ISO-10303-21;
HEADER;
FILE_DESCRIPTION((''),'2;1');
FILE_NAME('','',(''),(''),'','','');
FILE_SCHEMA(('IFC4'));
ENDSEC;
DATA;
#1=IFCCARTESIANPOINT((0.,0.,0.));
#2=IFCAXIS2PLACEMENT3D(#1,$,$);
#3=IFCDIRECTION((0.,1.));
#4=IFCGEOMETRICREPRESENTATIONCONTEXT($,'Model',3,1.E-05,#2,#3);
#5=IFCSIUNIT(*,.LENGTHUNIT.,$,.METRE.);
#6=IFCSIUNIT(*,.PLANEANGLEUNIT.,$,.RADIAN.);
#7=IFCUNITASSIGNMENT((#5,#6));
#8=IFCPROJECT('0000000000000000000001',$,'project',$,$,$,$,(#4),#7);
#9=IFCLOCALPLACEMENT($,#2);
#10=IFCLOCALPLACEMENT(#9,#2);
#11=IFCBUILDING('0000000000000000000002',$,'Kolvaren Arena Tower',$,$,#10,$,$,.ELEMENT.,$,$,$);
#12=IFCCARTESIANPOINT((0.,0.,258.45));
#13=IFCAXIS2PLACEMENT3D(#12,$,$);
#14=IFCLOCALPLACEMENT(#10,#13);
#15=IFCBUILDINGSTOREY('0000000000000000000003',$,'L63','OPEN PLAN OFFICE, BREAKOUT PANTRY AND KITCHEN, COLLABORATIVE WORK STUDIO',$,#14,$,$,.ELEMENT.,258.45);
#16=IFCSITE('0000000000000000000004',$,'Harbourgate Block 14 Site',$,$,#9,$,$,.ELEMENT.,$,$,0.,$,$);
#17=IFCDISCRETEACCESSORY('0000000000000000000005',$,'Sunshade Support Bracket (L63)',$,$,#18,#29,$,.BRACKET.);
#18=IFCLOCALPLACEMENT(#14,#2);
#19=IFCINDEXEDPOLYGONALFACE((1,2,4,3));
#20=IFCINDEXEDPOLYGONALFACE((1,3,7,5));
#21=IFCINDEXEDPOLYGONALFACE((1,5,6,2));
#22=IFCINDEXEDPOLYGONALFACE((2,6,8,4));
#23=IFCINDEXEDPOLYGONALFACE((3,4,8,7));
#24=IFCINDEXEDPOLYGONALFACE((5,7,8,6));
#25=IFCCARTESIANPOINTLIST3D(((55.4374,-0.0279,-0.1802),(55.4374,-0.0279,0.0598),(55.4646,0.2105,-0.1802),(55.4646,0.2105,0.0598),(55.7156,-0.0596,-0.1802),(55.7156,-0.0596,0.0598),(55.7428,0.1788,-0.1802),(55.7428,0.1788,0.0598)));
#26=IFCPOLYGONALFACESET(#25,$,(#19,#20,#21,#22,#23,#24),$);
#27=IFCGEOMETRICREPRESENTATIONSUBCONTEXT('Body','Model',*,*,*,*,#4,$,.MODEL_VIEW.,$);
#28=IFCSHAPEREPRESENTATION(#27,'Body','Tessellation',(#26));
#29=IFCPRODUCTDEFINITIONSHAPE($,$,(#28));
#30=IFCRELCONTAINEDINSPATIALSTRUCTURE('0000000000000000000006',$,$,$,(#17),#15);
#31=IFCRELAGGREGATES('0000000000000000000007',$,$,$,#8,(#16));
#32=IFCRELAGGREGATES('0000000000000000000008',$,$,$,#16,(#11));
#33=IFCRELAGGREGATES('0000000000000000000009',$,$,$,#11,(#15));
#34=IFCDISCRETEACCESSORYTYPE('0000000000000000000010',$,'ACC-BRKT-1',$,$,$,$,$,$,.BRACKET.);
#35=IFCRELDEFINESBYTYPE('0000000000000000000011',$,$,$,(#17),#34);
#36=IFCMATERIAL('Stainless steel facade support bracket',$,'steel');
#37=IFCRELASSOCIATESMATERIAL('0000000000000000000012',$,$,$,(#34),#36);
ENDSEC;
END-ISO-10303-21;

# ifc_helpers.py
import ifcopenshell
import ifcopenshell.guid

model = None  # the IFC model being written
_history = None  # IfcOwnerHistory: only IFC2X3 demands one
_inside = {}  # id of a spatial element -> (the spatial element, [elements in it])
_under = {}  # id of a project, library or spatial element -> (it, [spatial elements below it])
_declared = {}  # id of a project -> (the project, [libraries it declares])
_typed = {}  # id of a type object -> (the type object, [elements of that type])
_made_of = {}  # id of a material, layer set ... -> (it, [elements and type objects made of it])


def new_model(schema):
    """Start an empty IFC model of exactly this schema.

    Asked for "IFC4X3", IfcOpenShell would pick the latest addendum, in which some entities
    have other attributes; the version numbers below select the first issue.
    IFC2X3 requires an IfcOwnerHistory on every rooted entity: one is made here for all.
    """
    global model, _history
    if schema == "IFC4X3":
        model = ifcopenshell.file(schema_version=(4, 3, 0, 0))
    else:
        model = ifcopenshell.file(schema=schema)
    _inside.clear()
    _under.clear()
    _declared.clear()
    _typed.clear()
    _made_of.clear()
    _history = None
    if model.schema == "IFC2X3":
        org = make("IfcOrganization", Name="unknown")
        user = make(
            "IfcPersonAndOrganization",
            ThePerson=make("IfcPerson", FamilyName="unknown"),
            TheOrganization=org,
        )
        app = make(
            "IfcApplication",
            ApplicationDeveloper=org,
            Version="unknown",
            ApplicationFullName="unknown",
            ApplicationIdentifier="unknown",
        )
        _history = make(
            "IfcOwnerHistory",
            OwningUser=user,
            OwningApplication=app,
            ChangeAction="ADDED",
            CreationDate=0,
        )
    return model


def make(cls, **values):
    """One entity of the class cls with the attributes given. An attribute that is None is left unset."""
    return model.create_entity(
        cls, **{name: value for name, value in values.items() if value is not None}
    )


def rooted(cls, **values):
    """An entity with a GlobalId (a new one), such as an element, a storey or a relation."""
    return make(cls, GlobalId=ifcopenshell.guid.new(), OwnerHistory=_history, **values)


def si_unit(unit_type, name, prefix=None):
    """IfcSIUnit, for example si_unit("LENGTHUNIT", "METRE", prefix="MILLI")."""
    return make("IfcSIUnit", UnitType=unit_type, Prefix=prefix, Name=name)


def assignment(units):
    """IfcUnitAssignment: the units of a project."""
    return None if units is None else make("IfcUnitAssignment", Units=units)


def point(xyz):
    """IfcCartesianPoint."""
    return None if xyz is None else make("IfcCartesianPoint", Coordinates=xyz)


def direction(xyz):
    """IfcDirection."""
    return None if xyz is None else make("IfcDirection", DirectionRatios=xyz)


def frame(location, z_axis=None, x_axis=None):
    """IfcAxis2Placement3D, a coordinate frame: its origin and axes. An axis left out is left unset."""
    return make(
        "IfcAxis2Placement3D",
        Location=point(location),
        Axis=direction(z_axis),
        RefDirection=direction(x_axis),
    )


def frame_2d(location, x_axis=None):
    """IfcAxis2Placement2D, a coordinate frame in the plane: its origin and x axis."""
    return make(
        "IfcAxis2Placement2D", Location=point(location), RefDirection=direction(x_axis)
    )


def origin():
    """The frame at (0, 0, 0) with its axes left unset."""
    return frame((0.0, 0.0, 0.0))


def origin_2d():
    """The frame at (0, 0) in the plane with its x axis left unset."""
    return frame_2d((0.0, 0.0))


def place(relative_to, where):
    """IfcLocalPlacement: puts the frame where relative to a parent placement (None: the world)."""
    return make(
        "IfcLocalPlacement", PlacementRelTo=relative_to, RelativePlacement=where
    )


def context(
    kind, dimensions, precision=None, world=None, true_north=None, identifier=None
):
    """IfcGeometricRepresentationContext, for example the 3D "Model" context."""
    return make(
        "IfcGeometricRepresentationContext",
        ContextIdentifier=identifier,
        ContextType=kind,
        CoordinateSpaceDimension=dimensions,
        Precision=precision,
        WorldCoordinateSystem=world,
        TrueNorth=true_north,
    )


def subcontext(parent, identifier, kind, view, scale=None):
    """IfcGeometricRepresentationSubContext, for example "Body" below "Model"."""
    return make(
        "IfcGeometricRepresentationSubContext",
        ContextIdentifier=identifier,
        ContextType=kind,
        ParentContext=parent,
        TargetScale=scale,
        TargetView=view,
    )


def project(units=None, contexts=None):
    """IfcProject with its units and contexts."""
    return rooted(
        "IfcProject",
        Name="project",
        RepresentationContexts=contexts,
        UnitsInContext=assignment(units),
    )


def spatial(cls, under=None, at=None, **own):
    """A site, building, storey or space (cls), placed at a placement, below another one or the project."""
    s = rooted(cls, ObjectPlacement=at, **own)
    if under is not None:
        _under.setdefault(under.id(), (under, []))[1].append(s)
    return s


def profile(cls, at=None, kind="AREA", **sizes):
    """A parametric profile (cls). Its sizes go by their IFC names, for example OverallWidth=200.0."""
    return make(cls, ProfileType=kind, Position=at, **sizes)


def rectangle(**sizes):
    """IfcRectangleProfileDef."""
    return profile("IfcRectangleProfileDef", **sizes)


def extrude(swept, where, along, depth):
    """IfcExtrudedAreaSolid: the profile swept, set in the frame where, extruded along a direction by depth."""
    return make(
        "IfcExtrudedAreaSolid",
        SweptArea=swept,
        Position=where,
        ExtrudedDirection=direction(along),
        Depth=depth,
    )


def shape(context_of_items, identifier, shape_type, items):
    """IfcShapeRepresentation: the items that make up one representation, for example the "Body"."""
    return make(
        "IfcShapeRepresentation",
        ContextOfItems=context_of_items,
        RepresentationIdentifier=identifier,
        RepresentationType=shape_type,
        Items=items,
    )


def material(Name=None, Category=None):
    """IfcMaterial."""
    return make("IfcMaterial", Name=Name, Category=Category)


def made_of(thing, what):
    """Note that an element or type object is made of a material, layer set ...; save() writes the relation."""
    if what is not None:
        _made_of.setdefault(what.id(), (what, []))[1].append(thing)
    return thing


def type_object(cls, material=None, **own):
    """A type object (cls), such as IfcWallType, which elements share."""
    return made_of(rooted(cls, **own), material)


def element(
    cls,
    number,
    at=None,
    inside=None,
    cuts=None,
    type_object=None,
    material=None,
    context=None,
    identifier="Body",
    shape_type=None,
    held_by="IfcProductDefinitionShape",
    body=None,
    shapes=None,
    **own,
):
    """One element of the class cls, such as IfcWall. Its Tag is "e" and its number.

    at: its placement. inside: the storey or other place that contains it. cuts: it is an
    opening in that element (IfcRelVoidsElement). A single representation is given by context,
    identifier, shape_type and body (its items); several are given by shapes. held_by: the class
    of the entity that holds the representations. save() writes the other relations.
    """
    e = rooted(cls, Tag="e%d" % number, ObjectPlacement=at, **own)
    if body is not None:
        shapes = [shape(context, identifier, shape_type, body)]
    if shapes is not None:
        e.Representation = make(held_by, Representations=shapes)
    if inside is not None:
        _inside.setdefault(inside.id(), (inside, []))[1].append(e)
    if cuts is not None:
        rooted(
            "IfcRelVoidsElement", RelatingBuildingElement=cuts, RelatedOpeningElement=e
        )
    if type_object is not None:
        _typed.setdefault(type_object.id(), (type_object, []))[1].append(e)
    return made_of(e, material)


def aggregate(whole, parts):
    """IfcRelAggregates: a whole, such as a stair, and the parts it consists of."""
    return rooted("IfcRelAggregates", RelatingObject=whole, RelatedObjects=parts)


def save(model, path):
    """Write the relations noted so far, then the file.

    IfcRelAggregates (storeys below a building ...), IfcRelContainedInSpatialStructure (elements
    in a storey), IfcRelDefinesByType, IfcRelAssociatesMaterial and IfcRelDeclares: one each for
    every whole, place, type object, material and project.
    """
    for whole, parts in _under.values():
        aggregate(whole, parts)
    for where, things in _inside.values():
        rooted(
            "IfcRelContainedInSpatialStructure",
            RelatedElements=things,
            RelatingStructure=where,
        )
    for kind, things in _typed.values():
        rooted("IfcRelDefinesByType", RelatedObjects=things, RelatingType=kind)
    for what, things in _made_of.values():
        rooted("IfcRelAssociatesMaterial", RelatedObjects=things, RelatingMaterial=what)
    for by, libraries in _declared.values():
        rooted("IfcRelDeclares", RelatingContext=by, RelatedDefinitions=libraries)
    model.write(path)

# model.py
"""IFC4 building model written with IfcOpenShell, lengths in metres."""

from ifc_helpers import new_model, si_unit, direction, frame, origin, origin_2d, place, context, subcontext, project, spatial, rectangle, extrude, material, type_object, element, save


model = new_model("IFC4")

# Units and contexts
model_context = context("Model", 3, precision=1e-05, world=origin(), true_north=direction((0.0, 1.0)))
body_context = subcontext(model_context, "Body", "Model", "MODEL_VIEW")
ifc_project = project(units=[si_unit("LENGTHUNIT", "METRE"), si_unit("PLANEANGLEUNIT", "RADIAN")], contexts=[model_context])

# Site, building, storey
site_placement = place(None, origin())
site = spatial("IfcSite", under=ifc_project, at=site_placement, Name="Harbourgate Block 14 Site", CompositionType="ELEMENT", RefElevation=0.0)
building_placement = place(site_placement, origin())
building = spatial("IfcBuilding", under=site, at=building_placement, Name="Kolvaren Arena Tower", CompositionType="ELEMENT")
storey_placement = place(building_placement, frame((0.0, 0.0, 258.45)))
storey = spatial("IfcBuildingStorey", under=building, at=storey_placement, Name="L63", Description="OPEN PLAN OFFICE, BREAKOUT PANTRY AND KITCHEN, COLLABORATIVE WORK STUDIO", CompositionType="ELEMENT", Elevation=258.45)

# Discrete accessory
ifc_material_1 = material(Name="Stainless steel facade support bracket", Category="steel")
discrete_accessory_type = type_object("IfcDiscreteAccessoryType", Name="ACC-BRKT-1", PredefinedType="BRACKET", material=ifc_material_1)
discrete_accessory_placement = place(storey_placement, frame((55.5901, 0.0754, -0.1802), z_axis=(0.0, 0.0, 1.0), x_axis=(-0.993572, 0.113205, 0.0)))
element("IfcDiscreteAccessory", 1, at=discrete_accessory_placement, inside=storey, type_object=discrete_accessory_type, Name="Sunshade Support Bracket (L63)", PredefinedType="BRACKET", context=body_context, shape_type="SweptSolid", body=[
    extrude(rectangle(XDim=0.28, YDim=0.24, at=origin_2d()), origin(), (0.0, 0.0, 1.0), 0.24),
])

save(model, "model.ifc")
